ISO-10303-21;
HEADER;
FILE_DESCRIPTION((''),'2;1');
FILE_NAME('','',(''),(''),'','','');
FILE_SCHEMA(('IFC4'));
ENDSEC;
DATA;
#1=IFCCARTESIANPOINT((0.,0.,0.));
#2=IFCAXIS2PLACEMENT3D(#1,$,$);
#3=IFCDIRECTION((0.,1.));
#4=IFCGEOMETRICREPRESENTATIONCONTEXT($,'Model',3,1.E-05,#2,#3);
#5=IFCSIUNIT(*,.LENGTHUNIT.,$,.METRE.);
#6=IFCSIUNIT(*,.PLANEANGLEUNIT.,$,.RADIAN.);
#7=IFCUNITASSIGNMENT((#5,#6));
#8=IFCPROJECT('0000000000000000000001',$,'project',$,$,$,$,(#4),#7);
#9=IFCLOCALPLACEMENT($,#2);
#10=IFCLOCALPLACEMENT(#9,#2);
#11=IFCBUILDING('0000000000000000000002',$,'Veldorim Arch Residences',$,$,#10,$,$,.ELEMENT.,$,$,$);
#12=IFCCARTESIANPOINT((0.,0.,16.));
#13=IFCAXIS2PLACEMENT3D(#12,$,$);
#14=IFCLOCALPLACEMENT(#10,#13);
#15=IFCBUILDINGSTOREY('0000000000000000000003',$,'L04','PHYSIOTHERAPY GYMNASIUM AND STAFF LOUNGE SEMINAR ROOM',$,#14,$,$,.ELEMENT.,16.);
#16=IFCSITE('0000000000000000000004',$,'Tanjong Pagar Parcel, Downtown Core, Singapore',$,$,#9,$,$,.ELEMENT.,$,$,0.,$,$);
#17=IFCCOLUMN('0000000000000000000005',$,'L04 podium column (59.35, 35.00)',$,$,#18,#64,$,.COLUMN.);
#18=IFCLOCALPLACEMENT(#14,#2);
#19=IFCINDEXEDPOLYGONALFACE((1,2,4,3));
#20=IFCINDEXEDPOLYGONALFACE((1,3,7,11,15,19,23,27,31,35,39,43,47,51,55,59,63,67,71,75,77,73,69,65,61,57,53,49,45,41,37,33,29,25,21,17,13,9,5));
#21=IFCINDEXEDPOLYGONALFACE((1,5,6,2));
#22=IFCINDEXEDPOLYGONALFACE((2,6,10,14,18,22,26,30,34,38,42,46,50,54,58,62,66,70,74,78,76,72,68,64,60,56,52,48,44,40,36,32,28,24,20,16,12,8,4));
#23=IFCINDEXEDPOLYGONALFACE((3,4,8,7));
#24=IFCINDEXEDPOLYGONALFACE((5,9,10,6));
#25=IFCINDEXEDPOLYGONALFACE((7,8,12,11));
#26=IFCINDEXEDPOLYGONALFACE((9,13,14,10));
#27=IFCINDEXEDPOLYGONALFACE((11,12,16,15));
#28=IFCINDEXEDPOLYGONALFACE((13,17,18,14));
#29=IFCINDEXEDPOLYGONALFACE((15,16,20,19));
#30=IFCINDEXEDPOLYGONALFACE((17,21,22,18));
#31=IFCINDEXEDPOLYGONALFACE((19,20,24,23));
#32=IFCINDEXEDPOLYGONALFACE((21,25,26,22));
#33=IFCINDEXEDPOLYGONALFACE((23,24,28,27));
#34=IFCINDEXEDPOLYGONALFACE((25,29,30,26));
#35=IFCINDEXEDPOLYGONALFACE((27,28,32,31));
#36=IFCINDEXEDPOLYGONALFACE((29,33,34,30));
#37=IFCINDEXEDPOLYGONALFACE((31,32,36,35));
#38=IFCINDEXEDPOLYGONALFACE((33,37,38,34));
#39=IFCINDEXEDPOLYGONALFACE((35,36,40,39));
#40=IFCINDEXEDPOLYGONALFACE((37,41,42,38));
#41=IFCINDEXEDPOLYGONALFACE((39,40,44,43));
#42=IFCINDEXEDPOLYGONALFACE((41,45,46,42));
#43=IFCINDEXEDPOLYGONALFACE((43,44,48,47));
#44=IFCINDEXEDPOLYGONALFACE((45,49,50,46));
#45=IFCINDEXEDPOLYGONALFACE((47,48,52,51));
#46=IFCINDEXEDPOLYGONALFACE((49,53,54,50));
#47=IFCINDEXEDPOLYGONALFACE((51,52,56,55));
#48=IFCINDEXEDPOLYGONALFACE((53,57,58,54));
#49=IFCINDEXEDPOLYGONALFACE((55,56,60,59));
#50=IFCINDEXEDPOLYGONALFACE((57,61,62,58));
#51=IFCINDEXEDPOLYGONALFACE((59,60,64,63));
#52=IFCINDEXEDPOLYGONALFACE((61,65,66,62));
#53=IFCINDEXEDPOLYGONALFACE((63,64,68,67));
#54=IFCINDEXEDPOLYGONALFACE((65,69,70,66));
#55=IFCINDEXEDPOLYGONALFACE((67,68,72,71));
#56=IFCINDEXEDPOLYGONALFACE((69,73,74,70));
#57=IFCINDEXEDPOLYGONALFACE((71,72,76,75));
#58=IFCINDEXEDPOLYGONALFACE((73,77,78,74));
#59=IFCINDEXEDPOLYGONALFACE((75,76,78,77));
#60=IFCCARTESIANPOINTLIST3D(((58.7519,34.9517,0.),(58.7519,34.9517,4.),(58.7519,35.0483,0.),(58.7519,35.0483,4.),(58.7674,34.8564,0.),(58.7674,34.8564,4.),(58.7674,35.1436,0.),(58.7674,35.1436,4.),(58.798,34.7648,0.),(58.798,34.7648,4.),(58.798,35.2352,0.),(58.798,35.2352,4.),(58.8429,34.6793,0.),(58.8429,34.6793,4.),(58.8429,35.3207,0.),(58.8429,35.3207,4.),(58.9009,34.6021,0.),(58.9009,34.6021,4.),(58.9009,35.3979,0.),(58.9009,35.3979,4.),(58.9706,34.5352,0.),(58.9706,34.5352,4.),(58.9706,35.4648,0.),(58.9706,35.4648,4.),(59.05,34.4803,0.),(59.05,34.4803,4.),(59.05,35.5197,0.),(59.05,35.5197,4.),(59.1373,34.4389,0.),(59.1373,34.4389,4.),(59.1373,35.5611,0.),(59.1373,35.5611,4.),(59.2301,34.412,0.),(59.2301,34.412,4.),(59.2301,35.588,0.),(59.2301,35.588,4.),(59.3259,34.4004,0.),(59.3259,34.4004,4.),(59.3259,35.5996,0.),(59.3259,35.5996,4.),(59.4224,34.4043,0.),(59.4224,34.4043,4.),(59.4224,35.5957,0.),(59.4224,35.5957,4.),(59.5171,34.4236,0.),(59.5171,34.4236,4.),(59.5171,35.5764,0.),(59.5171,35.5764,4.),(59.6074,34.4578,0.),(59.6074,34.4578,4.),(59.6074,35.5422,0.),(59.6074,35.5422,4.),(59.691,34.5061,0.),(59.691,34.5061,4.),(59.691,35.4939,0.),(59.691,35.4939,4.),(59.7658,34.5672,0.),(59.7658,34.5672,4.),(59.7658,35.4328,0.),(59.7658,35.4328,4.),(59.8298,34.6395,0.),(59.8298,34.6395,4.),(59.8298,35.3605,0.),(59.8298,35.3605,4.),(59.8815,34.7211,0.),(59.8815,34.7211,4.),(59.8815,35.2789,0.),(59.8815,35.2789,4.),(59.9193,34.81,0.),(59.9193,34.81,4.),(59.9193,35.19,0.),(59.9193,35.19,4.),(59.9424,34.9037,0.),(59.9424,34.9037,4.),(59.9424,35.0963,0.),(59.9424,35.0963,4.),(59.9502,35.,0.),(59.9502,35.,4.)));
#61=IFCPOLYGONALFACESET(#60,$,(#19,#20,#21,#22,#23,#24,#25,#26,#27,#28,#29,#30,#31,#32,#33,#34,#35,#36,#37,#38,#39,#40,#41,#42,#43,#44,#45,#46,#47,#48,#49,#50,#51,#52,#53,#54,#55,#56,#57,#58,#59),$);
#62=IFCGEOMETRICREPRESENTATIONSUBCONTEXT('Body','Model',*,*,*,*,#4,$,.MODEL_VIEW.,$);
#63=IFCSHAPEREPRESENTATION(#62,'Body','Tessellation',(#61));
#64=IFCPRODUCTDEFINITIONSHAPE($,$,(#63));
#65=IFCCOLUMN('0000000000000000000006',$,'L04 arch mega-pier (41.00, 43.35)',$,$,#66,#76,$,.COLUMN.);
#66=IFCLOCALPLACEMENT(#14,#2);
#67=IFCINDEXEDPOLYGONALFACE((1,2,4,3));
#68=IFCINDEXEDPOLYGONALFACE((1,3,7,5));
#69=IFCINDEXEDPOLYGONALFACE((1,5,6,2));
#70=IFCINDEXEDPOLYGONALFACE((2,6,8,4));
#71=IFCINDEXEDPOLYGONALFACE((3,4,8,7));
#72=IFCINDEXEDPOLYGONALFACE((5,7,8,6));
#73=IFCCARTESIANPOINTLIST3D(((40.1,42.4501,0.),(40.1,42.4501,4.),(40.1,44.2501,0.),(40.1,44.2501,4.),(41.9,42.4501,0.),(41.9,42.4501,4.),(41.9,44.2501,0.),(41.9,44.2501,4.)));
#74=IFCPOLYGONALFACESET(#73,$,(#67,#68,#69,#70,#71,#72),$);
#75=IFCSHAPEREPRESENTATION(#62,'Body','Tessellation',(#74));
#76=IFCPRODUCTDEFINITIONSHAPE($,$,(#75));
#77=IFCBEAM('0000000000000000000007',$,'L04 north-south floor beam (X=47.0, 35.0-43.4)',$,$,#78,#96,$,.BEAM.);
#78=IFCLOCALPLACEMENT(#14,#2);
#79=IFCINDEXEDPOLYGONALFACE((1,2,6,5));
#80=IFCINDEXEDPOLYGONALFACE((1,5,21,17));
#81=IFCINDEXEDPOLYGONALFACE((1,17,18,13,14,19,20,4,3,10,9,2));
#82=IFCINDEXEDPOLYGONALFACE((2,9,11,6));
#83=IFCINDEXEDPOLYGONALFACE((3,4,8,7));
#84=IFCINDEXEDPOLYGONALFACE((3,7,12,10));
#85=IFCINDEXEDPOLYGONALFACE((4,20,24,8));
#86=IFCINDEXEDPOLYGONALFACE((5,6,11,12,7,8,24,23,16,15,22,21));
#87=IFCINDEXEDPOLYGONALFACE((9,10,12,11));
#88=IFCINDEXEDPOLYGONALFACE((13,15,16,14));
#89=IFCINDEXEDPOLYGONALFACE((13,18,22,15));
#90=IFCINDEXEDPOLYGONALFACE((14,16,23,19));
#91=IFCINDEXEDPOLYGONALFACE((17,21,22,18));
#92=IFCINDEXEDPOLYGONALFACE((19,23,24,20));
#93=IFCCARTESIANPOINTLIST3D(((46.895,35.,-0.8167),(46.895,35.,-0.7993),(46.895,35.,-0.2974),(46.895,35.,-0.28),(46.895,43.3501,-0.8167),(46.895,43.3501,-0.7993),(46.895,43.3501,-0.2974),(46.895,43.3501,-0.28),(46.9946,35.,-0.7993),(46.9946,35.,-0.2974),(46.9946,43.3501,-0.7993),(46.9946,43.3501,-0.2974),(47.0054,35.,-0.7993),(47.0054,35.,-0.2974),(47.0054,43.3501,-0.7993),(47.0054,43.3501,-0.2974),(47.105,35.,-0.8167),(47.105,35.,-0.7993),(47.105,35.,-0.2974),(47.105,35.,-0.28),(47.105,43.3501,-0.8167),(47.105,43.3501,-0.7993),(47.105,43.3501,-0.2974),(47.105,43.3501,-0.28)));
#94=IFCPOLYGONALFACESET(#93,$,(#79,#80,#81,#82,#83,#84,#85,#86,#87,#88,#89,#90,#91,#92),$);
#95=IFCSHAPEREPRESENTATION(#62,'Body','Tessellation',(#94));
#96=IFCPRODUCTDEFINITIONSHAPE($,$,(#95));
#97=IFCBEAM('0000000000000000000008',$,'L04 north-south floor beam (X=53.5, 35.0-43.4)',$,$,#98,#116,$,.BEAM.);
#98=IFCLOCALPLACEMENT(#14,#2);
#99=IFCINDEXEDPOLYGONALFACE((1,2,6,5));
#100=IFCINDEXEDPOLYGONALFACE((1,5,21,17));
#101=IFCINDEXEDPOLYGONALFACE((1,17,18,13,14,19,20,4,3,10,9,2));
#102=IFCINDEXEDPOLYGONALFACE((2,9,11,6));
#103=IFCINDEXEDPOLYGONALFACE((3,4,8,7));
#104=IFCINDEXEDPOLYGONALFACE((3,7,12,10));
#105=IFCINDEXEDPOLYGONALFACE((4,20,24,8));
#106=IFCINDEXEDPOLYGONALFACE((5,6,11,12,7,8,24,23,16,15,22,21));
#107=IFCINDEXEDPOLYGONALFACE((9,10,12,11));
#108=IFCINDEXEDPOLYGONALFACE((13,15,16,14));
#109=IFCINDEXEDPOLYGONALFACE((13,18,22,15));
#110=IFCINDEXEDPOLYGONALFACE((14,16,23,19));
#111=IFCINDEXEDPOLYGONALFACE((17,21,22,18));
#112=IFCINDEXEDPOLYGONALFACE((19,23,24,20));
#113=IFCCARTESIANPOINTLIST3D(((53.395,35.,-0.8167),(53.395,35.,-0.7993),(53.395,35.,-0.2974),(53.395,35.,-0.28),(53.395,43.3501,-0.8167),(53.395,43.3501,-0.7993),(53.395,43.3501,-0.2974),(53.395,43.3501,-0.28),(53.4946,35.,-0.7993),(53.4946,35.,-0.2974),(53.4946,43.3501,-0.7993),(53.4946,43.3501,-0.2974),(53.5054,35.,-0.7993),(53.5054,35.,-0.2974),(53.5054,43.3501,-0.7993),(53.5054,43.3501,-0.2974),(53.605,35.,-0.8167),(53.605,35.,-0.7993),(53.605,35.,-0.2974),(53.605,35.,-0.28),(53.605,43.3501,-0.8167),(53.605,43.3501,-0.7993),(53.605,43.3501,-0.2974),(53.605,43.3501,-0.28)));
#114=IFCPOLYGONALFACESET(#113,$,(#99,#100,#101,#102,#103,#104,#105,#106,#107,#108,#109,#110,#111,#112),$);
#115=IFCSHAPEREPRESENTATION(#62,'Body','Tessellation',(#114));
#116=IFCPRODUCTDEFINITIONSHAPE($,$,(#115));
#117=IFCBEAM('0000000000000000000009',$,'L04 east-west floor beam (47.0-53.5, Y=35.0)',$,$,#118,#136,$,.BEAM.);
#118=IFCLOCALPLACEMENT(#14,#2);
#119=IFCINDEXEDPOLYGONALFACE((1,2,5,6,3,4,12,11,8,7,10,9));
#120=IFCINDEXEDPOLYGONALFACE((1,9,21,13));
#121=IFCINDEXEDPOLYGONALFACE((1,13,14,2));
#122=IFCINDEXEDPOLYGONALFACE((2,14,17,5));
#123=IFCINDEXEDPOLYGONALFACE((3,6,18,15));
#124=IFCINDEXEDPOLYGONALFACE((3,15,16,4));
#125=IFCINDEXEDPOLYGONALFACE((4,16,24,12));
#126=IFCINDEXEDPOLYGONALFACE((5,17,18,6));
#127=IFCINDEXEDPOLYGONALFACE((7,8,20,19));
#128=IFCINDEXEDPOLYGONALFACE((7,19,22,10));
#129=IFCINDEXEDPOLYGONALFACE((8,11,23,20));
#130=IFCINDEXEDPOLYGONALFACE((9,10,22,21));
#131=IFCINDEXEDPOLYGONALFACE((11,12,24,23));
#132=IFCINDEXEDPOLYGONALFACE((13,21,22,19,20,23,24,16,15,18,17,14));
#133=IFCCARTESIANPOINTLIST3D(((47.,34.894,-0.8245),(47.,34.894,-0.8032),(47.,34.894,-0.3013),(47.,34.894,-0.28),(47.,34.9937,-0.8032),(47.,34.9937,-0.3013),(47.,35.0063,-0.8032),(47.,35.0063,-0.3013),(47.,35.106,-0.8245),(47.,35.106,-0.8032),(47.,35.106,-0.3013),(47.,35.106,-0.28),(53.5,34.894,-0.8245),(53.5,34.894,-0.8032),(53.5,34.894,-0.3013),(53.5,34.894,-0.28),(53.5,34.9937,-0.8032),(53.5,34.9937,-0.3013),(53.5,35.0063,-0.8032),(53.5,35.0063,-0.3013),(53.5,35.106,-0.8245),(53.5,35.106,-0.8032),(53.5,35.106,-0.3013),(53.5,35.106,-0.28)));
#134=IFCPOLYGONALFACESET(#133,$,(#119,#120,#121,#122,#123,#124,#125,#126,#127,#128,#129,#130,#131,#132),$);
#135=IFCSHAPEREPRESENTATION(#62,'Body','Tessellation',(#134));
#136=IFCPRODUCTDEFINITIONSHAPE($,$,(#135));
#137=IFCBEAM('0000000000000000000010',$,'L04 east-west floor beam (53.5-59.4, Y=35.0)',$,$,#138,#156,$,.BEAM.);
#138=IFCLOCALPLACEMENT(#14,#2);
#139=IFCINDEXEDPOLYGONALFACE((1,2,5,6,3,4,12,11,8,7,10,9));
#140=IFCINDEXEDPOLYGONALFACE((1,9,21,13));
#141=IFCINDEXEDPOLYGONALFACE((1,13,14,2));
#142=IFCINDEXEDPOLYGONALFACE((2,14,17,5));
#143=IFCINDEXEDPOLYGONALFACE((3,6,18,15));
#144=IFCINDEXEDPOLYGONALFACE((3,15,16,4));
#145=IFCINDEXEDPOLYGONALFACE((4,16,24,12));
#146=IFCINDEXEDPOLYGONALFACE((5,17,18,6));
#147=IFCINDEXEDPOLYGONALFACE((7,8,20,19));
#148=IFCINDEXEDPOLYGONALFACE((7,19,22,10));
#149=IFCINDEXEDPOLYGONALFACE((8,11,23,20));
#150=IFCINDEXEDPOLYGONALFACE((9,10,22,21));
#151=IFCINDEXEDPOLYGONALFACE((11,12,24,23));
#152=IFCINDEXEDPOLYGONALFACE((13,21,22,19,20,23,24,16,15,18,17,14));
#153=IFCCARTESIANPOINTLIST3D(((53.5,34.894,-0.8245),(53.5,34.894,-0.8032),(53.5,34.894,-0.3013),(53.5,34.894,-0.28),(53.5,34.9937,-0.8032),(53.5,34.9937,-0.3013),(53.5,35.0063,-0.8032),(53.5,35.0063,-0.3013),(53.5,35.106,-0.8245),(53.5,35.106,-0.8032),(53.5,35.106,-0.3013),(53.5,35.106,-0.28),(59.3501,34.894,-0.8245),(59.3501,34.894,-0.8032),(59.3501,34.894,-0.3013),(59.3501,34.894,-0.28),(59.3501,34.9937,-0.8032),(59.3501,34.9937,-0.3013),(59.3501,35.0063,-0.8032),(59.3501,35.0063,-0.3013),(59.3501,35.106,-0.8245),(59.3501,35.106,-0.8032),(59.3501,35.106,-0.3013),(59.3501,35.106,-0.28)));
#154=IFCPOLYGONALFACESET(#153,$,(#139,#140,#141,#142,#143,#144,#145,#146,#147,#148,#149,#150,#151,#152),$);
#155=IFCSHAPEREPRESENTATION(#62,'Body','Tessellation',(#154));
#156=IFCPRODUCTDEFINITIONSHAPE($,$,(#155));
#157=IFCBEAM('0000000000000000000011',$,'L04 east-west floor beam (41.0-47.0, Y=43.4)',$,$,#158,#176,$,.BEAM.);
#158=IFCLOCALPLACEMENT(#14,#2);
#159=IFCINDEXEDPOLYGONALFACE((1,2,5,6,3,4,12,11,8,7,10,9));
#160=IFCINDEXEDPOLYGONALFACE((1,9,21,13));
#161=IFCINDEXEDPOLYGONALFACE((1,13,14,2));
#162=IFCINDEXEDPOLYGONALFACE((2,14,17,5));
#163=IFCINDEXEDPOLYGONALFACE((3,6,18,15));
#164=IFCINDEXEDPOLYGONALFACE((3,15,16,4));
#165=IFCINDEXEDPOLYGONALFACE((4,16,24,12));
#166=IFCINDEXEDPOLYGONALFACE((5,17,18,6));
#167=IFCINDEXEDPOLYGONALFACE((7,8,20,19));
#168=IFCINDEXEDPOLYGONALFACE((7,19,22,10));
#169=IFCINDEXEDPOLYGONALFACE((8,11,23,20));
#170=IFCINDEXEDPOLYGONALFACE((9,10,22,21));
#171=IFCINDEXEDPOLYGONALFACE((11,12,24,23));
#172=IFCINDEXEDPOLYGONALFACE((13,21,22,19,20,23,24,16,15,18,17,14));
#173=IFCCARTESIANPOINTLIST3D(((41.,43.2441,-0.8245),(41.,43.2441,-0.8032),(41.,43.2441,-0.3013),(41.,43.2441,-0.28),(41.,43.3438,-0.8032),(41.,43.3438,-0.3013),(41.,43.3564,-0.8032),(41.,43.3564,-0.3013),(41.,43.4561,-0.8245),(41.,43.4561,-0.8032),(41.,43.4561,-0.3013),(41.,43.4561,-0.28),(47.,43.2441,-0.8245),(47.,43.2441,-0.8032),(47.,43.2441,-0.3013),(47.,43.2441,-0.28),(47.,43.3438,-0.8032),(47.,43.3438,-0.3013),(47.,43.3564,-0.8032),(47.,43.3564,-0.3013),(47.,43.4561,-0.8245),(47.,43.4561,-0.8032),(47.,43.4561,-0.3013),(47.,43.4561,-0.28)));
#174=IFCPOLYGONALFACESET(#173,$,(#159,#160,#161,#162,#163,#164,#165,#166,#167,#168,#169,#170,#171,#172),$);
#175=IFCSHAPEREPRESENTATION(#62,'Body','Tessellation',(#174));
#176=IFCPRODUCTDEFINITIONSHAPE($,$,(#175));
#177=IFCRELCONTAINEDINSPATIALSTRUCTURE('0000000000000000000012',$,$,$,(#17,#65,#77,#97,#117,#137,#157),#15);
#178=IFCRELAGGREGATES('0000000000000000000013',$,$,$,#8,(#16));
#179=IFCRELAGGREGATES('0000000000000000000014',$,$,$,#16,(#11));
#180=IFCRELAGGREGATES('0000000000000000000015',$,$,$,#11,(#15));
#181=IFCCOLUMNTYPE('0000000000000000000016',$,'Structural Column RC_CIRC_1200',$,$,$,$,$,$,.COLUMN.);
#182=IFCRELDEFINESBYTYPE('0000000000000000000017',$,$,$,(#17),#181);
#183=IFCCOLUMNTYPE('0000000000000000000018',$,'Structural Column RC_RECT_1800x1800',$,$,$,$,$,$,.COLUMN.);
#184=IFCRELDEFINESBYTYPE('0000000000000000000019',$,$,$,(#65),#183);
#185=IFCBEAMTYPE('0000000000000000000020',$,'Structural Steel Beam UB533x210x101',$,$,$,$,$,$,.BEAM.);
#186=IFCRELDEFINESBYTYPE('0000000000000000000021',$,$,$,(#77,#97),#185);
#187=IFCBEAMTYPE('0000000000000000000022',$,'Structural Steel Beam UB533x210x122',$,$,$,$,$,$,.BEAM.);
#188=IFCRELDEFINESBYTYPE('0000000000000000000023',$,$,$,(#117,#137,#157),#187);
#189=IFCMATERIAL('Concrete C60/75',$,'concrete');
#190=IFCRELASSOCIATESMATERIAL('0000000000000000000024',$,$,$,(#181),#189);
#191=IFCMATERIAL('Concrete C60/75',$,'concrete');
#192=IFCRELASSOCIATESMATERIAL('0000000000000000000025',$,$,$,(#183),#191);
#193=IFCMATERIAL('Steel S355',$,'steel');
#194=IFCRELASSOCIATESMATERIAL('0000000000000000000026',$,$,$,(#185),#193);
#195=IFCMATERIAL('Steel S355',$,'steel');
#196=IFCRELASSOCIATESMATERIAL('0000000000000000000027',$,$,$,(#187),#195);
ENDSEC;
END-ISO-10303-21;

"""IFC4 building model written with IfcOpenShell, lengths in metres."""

from ifc_helpers import new_model, si_unit, direction, frame, origin, origin_2d, place, context, subcontext, project, spatial, rectangle, circle, i_section, extrude, material, material_profile, profile_set, type_object, element, save


model = new_model("IFC4")

# Units and contexts
model_context = context("Model", 3, precision=1e-05, world=origin(), true_north=direction((0.0, 1.0)))
body_context = subcontext(model_context, "Body", "Model", "MODEL_VIEW")
ifc_project = project(units=[si_unit("LENGTHUNIT", "METRE"), si_unit("PLANEANGLEUNIT", "RADIAN")], contexts=[model_context])

# Site, building, storey
site_placement = place(None, origin())
site = spatial("IfcSite", under=ifc_project, at=site_placement, Name="Tanjong Pagar Parcel, Downtown Core, Singapore", CompositionType="ELEMENT", RefElevation=0.0)
building_placement = place(site_placement, origin())
building = spatial("IfcBuilding", under=site, at=building_placement, Name="Veldorim Arch Residences", CompositionType="ELEMENT")
storey_placement = place(building_placement, frame((0.0, 0.0, 16.0)))
storey = spatial("IfcBuildingStorey", under=building, at=storey_placement, Name="L04", Description="PHYSIOTHERAPY GYMNASIUM AND STAFF LOUNGE SEMINAR ROOM", CompositionType="ELEMENT", Elevation=16.0)

# Columns
ifc_material_1 = material(Name="Concrete C60/75", Category="concrete")
ifc_material_profile_1 = material_profile(ifc_material_1, circle(Radius=0.6001, at=origin_2d()), Name="RC_CIRC_1200")
ifc_profile_set_1 = profile_set([ifc_material_profile_1], Name="Concrete C60/75")
column_type_1 = type_object("IfcColumnType", Name="Structural Column RC_CIRC_1200", PredefinedType="COLUMN", material=ifc_profile_set_1)
for number, where, z_axis, x_axis, name in (
    (1, (59.3501, 35.0, 0.0), (0.0, 0.0, 1.0), (1.0, 0.0, 0.0), "L04 podium column (59.35, 35.00)"),
):
    element("IfcColumn", number, at=place(storey_placement, frame(where, z_axis=z_axis, x_axis=x_axis)), inside=storey, type_object=column_type_1, Name=name, PredefinedType="COLUMN", context=body_context, shape_type="SweptSolid", body=[
        extrude(circle(Radius=0.6001, at=origin_2d()), origin(), (0.0, 0.0, 1.0), 4.0),
    ])
ifc_material_2 = material(Name="Concrete C60/75", Category="concrete")
ifc_material_profile_2 = material_profile(ifc_material_2, rectangle(XDim=1.8, YDim=1.8, at=origin_2d()), Name="RC_RECT_1800x1800")
ifc_profile_set_2 = profile_set([ifc_material_profile_2], Name="Concrete C60/75")
column_type_2 = type_object("IfcColumnType", Name="Structural Column RC_RECT_1800x1800", PredefinedType="COLUMN", material=ifc_profile_set_2)
column_placement = place(storey_placement, frame((41.0, 43.3501, 0.0), z_axis=(0.0, 0.0, 1.0), x_axis=(1.0, 0.0, 0.0)))
element("IfcColumn", 2, at=column_placement, inside=storey, type_object=column_type_2, Name="L04 arch mega-pier (41.00, 43.35)", PredefinedType="COLUMN", context=body_context, shape_type="SweptSolid", body=[
    extrude(rectangle(XDim=1.8, YDim=1.8, at=origin_2d()), origin(), (0.0, 0.0, 1.0), 4.0),
])

# Beams
ifc_material_3 = material(Name="Steel S355", Category="steel")
ifc_material_profile_3 = material_profile(ifc_material_3, i_section(OverallWidth=0.21, OverallDepth=0.5366, WebThickness=0.0107, FlangeThickness=0.0173, at=origin_2d()), Name="UB533x210x101")
ifc_profile_set_3 = profile_set([ifc_material_profile_3], Name="Steel S355")
beam_type_1 = type_object("IfcBeamType", Name="Structural Steel Beam UB533x210x101", PredefinedType="BEAM", material=ifc_profile_set_3)
for number, where, z_axis, x_axis, name in (
    (3, (47.0, 35.0, -0.5483), (0.0, 1.0, 0.0), (-1.0, 0.0, 0.0), "L04 north-south floor beam (X=47.0, 35.0-43.4)"),
    (4, (53.5, 35.0, -0.5483), (0.0, 1.0, 0.0), (-1.0, 0.0, 0.0), "L04 north-south floor beam (X=53.5, 35.0-43.4)"),
):
    element("IfcBeam", number, at=place(storey_placement, frame(where, z_axis=z_axis, x_axis=x_axis)), inside=storey, type_object=beam_type_1, Name=name, PredefinedType="BEAM", context=body_context, shape_type="SweptSolid", body=[
        extrude(i_section(OverallWidth=0.21, OverallDepth=0.5366, WebThickness=0.0107, FlangeThickness=0.0173, at=origin_2d()), origin(), (0.0, 0.0, 1.0), 8.3501),
    ])
ifc_material_4 = material(Name="Steel S355", Category="steel")
ifc_material_profile_4 = material_profile(ifc_material_4, i_section(OverallWidth=0.2119, OverallDepth=0.5444, WebThickness=0.0127, FlangeThickness=0.0212, at=origin_2d()), Name="UB533x210x122")
ifc_profile_set_4 = profile_set([ifc_material_profile_4], Name="Steel S355")
beam_type_2 = type_object("IfcBeamType", Name="Structural Steel Beam UB533x210x122", PredefinedType="BEAM", material=ifc_profile_set_4)
beam_1_placement = place(storey_placement, frame((47.0, 35.0, -0.5522), z_axis=(1.0, 0.0, 0.0), x_axis=(0.0, 1.0, 0.0)))
element("IfcBeam", 5, at=beam_1_placement, inside=storey, type_object=beam_type_2, Name="L04 east-west floor beam (47.0-53.5, Y=35.0)", PredefinedType="BEAM", context=body_context, shape_type="SweptSolid", body=[
    extrude(i_section(OverallWidth=0.2119, OverallDepth=0.5444, WebThickness=0.0127, FlangeThickness=0.0212, at=origin_2d()), origin(), (0.0, 0.0, 1.0), 6.5),
])
beam_2_placement = place(storey_placement, frame((53.5, 35.0, -0.5522), z_axis=(1.0, 0.0, 0.0), x_axis=(0.0, 1.0, 0.0)))
element("IfcBeam", 6, at=beam_2_placement, inside=storey, type_object=beam_type_2, Name="L04 east-west floor beam (53.5-59.4, Y=35.0)", PredefinedType="BEAM", context=body_context, shape_type="SweptSolid", body=[
    extrude(i_section(OverallWidth=0.2119, OverallDepth=0.5444, WebThickness=0.0127, FlangeThickness=0.0212, at=origin_2d()), origin(), (0.0, 0.0, 1.0), 5.8501),
])
beam_3_placement = place(storey_placement, frame((41.0, 43.3501, -0.5522), z_axis=(1.0, 0.0, 0.0), x_axis=(0.0, 1.0, 0.0)))
element("IfcBeam", 7, at=beam_3_placement, inside=storey, type_object=beam_type_2, Name="L04 east-west floor beam (41.0-47.0, Y=43.4)", PredefinedType="BEAM", context=body_context, shape_type="SweptSolid", body=[
    extrude(i_section(OverallWidth=0.2119, OverallDepth=0.5444, WebThickness=0.0127, FlangeThickness=0.0212, at=origin_2d()), origin(), (0.0, 0.0, 1.0), 6.0),
])

save(model, "model.ifc")
